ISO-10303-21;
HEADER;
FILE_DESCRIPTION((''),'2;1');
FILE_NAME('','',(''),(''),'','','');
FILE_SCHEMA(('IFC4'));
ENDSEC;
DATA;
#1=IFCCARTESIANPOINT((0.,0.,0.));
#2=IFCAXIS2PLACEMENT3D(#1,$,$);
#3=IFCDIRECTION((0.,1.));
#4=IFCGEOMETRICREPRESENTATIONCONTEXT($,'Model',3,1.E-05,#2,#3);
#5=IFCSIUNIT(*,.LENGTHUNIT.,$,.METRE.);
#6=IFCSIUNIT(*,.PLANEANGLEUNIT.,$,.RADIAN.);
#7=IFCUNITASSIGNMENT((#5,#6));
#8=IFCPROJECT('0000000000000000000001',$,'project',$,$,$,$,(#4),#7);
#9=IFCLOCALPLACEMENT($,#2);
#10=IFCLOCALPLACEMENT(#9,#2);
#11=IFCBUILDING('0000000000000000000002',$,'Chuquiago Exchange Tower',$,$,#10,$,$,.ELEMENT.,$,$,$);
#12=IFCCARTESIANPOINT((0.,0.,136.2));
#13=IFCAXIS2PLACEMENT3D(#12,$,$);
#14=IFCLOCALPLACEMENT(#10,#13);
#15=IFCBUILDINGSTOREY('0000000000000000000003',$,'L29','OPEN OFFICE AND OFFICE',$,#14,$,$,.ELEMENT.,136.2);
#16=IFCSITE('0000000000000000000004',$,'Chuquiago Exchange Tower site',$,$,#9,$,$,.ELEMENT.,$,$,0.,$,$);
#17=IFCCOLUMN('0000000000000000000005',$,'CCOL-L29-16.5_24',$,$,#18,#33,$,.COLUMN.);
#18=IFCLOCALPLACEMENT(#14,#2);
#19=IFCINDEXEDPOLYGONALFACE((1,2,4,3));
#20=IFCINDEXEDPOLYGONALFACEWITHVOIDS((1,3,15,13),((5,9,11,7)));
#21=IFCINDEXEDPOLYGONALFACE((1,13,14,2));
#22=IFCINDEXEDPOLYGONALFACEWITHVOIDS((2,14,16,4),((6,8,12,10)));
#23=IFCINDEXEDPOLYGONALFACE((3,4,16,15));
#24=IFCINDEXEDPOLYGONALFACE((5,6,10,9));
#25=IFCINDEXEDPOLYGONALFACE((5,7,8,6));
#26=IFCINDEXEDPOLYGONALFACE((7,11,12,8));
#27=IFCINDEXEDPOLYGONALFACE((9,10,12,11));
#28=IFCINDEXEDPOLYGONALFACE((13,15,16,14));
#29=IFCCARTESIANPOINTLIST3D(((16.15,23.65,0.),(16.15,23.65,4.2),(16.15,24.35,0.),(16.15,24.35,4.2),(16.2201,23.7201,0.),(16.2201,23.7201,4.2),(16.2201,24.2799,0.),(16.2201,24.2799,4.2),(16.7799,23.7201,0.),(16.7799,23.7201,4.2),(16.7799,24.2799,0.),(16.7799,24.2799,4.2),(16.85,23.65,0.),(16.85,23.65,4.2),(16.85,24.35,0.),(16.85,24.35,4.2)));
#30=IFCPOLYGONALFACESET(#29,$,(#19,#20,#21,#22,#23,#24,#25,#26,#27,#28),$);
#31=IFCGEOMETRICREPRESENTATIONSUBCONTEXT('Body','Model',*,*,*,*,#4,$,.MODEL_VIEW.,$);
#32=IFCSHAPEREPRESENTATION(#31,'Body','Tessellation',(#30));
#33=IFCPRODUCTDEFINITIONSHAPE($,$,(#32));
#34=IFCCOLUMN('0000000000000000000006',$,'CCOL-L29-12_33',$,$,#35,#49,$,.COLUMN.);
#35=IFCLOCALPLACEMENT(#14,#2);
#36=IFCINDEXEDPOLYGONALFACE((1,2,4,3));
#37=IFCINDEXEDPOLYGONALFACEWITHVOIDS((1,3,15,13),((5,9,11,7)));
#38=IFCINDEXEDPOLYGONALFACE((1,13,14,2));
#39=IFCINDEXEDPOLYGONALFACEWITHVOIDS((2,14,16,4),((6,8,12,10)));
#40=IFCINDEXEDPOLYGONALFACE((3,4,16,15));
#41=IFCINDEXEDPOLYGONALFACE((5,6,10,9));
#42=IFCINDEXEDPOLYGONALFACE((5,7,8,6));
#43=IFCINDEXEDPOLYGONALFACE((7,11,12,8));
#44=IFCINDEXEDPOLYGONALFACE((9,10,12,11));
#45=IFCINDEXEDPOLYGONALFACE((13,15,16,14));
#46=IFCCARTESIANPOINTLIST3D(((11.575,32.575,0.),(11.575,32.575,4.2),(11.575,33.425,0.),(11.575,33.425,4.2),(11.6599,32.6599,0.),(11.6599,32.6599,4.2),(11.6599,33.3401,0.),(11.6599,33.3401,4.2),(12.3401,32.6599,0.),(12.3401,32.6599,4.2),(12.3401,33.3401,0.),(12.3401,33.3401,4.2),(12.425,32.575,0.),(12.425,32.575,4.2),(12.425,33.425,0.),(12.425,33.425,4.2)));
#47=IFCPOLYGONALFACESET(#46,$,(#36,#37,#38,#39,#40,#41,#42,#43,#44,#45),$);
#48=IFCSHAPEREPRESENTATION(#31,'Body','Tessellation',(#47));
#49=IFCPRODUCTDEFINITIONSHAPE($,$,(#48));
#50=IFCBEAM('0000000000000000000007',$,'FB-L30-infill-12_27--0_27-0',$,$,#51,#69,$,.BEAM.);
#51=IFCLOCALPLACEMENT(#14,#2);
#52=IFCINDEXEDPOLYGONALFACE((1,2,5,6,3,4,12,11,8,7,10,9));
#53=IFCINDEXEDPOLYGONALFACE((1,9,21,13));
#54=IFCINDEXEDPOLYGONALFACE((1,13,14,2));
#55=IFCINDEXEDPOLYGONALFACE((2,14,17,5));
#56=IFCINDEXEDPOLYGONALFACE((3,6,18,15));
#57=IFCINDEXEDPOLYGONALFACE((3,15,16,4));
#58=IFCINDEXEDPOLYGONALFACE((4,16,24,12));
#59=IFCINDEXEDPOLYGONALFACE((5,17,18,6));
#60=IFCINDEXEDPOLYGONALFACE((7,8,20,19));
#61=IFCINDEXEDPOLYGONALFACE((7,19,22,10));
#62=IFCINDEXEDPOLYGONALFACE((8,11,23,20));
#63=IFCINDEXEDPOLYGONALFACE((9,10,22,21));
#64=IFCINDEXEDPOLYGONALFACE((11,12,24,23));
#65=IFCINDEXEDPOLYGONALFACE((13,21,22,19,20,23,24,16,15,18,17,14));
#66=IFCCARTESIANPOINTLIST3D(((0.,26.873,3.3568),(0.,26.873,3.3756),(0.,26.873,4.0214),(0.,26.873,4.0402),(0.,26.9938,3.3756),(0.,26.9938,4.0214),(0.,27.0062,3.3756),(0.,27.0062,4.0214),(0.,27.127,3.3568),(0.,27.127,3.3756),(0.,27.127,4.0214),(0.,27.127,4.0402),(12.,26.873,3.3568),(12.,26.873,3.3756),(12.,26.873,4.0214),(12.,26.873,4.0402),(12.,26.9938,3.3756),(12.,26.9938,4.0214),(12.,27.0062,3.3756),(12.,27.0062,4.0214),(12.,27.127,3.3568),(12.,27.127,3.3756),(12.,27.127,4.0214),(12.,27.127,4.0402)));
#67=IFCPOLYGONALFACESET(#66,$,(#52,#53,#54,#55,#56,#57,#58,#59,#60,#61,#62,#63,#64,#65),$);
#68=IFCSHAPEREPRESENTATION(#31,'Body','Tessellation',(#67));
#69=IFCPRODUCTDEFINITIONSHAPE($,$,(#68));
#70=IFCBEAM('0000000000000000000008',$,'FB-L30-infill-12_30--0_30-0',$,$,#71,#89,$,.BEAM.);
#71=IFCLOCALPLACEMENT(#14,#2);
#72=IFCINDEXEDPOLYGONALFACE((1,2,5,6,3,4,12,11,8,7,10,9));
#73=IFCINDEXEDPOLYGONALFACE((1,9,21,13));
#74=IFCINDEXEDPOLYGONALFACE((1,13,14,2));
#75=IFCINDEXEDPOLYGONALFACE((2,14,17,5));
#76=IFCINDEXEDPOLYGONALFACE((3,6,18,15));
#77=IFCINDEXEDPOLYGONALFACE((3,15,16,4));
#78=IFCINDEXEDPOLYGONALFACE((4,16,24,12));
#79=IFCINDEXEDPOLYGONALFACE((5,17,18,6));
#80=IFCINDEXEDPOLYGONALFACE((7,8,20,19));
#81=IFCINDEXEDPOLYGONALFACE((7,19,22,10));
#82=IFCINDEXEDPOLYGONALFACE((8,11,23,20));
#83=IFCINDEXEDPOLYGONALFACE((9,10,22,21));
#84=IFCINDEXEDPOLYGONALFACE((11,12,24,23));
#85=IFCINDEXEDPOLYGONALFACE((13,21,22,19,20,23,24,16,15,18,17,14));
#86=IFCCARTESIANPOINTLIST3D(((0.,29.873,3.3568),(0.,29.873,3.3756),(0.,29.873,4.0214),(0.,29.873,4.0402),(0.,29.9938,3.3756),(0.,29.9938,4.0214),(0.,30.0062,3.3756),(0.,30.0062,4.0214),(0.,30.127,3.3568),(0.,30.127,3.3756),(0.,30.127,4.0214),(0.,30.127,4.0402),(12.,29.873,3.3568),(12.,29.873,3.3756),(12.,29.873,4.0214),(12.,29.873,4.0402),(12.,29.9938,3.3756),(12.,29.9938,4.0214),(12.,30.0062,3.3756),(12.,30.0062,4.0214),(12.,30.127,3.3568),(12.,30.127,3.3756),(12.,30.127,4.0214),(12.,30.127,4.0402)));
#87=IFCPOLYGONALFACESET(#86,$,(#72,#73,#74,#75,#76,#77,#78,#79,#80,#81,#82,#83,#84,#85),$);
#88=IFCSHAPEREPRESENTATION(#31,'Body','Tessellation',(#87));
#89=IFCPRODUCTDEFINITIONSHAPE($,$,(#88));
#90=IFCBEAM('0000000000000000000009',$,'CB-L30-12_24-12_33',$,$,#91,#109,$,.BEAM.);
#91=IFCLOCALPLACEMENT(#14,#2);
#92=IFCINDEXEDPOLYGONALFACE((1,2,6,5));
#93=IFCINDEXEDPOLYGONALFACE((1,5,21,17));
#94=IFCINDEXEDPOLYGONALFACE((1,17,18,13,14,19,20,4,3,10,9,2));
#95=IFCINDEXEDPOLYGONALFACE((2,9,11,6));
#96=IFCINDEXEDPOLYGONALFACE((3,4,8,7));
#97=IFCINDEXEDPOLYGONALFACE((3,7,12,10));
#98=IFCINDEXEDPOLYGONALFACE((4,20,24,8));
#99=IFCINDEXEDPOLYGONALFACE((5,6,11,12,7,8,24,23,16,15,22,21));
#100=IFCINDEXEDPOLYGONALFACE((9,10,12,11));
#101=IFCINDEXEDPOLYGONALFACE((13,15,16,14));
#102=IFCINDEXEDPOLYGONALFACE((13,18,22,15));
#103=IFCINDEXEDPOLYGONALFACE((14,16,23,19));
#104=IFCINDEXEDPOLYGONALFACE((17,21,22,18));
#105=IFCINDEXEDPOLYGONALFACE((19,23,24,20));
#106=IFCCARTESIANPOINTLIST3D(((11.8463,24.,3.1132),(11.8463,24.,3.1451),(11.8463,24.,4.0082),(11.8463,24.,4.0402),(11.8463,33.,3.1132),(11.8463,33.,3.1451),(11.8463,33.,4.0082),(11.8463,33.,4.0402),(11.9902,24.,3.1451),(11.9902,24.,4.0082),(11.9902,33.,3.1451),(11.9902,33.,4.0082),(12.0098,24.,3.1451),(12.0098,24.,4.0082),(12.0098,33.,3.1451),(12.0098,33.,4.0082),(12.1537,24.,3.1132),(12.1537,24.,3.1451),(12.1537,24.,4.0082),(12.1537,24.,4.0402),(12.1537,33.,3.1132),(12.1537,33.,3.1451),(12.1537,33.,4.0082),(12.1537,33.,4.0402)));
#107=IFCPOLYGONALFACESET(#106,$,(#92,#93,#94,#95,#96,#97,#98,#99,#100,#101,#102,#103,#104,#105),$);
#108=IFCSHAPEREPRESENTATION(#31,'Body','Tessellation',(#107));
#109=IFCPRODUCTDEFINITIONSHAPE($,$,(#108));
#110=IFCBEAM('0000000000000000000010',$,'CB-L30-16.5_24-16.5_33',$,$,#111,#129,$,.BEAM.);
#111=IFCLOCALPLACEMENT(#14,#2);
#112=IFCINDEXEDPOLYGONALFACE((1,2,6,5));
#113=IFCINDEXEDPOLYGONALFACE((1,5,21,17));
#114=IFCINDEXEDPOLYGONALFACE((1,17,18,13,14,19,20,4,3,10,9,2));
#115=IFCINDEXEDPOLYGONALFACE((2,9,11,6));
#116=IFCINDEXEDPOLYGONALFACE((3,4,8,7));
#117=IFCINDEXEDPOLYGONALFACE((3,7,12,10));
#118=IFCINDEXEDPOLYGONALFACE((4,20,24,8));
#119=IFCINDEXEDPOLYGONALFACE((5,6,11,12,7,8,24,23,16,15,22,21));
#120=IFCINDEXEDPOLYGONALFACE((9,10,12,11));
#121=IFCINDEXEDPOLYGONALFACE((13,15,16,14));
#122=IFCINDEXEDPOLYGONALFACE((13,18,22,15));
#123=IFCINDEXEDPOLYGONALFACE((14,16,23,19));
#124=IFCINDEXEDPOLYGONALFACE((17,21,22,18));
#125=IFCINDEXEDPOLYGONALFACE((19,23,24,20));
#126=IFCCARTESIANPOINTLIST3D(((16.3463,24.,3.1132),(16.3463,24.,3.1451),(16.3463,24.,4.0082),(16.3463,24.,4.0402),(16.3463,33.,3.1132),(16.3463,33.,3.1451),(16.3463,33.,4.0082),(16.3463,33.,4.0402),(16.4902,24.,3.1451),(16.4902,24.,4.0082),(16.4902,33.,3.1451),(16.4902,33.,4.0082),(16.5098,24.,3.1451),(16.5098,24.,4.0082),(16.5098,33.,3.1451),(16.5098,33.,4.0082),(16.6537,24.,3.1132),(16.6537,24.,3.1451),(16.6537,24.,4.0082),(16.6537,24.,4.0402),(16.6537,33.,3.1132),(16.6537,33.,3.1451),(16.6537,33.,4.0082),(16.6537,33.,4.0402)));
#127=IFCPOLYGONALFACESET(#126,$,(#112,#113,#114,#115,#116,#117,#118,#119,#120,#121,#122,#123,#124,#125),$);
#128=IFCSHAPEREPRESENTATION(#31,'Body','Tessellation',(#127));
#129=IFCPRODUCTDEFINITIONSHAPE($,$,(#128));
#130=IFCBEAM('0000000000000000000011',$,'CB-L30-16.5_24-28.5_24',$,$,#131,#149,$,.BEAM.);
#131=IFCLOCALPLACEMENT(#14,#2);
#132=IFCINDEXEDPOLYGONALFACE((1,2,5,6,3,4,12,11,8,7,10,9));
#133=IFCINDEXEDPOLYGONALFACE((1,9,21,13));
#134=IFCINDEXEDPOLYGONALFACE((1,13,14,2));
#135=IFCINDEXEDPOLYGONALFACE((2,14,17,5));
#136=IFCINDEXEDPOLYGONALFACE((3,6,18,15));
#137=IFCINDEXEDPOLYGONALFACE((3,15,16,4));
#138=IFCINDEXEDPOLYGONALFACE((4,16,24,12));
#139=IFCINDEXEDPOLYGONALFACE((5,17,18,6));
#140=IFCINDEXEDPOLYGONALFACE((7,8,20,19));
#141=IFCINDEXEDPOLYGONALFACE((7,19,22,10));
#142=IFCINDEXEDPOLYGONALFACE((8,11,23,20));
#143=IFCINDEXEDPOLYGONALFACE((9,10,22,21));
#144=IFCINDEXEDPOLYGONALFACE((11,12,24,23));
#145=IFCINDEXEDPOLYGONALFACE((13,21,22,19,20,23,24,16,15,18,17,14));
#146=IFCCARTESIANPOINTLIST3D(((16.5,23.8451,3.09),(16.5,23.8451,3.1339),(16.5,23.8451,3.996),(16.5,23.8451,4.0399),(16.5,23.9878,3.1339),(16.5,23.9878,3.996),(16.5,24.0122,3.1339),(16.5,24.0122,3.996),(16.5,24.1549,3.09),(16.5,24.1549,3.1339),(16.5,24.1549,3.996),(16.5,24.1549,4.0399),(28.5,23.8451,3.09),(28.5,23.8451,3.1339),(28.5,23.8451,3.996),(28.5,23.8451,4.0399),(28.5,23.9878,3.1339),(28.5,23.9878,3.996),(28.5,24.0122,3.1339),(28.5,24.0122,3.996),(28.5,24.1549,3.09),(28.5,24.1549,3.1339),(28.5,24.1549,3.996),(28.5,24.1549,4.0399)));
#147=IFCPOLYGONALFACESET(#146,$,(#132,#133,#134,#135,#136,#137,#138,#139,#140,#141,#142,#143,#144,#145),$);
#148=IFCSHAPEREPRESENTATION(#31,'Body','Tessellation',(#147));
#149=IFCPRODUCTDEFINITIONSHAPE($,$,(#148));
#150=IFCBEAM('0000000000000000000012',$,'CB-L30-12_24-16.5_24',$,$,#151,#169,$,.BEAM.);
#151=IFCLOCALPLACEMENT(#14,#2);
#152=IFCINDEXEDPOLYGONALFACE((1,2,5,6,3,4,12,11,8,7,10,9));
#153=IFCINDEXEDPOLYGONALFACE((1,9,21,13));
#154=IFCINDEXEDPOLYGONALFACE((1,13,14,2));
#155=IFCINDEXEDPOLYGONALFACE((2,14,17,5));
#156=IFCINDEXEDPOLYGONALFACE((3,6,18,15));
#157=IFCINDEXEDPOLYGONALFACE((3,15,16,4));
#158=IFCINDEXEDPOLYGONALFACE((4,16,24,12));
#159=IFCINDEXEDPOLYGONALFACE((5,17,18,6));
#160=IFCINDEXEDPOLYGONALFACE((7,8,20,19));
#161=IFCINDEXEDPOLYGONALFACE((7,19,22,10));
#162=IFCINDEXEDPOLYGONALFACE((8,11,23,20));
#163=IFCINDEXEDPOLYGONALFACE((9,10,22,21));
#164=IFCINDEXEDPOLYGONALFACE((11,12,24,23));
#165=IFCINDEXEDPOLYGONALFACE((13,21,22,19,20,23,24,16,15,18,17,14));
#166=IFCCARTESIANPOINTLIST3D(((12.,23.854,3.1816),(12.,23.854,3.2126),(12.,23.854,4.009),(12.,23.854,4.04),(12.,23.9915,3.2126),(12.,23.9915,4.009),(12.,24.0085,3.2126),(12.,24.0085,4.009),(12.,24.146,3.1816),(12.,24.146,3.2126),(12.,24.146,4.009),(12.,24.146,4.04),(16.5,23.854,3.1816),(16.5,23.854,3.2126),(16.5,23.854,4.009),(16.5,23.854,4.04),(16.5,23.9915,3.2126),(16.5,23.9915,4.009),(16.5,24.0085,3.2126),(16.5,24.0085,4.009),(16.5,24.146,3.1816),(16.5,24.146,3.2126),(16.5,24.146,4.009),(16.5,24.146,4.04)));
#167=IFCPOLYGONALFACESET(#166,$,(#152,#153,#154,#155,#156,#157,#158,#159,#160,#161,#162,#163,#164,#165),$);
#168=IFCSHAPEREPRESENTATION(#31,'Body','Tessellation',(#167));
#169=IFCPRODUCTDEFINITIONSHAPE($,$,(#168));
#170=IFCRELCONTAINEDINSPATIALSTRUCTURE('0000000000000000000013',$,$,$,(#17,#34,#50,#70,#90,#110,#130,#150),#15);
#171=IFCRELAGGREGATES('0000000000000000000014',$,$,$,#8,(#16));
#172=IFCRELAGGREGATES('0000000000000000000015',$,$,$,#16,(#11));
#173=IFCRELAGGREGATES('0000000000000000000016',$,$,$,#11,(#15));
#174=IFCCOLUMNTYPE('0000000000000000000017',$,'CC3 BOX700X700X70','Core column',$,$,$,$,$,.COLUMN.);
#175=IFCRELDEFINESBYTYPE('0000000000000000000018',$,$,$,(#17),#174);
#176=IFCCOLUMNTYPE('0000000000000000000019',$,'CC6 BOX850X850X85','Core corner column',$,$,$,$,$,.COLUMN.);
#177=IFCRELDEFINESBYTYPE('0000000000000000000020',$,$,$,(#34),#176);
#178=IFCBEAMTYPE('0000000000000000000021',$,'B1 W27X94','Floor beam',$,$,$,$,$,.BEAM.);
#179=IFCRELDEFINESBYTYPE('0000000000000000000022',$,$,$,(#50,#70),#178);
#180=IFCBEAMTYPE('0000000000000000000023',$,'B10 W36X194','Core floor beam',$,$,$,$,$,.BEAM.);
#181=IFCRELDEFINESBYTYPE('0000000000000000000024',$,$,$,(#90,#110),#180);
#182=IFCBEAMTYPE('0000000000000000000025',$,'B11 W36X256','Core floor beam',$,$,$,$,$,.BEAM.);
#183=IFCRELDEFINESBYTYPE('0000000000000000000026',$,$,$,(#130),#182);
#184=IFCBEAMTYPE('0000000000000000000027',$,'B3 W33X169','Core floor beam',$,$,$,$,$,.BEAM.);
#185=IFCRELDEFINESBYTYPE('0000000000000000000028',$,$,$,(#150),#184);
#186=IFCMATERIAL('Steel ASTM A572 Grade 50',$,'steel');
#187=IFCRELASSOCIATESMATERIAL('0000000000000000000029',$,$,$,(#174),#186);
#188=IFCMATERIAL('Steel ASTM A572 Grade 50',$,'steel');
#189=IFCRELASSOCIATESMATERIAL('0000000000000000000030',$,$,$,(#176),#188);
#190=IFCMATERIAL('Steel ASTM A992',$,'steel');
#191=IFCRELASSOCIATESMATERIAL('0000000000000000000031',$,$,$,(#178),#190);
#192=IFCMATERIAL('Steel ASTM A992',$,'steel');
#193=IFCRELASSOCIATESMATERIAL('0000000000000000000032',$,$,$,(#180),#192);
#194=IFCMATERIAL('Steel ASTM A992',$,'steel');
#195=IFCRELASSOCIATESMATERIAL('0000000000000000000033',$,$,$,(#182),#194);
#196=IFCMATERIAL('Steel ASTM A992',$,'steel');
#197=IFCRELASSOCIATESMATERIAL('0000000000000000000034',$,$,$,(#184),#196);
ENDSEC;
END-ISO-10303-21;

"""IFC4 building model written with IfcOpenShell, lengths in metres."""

from ifc_helpers import new_model, si_unit, direction, frame, origin, origin_2d, place, context, subcontext, project, spatial, hollow_rectangle, i_section, extrude, material, material_profile, profile_set, type_object, element, save


model = new_model("IFC4")

# Units and contexts
model_context = context("Model", 3, precision=1e-05, world=origin(), true_north=direction((0.0, 1.0)))
body_context = subcontext(model_context, "Body", "Model", "MODEL_VIEW")
ifc_project = project(units=[si_unit("LENGTHUNIT", "METRE"), si_unit("PLANEANGLEUNIT", "RADIAN")], contexts=[model_context])

# Site, building, storey
site_placement = place(None, origin())
site = spatial("IfcSite", under=ifc_project, at=site_placement, Name="Chuquiago Exchange Tower site", CompositionType="ELEMENT", RefElevation=0.0)
building_placement = place(site_placement, origin())
building = spatial("IfcBuilding", under=site, at=building_placement, Name="Chuquiago Exchange Tower", CompositionType="ELEMENT")
storey_placement = place(building_placement, frame((0.0, 0.0, 136.2)))
storey = spatial("IfcBuildingStorey", under=building, at=storey_placement, Name="L29", Description="OPEN OFFICE AND OFFICE", CompositionType="ELEMENT", Elevation=136.2)

# Columns
ifc_material_1 = material(Name="Steel ASTM A572 Grade 50", Category="steel")
ifc_material_profile_1 = material_profile(ifc_material_1, hollow_rectangle(XDim=0.7, YDim=0.7, WallThickness=0.0701, at=origin_2d()), Name="BOX700X700X70")
ifc_profile_set_1 = profile_set([ifc_material_profile_1], Name="Steel ASTM A572 Grade 50")
column_type_1 = type_object("IfcColumnType", Name="CC3 BOX700X700X70", Description="Core column", PredefinedType="COLUMN", material=ifc_profile_set_1)
column_1_placement = place(storey_placement, frame((16.5, 24.0, 0.0), z_axis=(0.0, 0.0, 1.0), x_axis=(1.0, 0.0, 0.0)))
element("IfcColumn", 1, at=column_1_placement, inside=storey, type_object=column_type_1, Name="CCOL-L29-16.5_24", PredefinedType="COLUMN", context=body_context, shape_type="SweptSolid", body=[
    extrude(hollow_rectangle(XDim=0.7, YDim=0.7, WallThickness=0.0701, at=origin_2d()), origin(), (0.0, 0.0, 1.0), 4.2),
])
ifc_material_2 = material(Name="Steel ASTM A572 Grade 50", Category="steel")
ifc_material_profile_2 = material_profile(ifc_material_2, hollow_rectangle(XDim=0.8501, YDim=0.8501, WallThickness=0.085, at=origin_2d()), Name="BOX850X850X85")
ifc_profile_set_2 = profile_set([ifc_material_profile_2], Name="Steel ASTM A572 Grade 50")
column_type_2 = type_object("IfcColumnType", Name="CC6 BOX850X850X85", Description="Core corner column", PredefinedType="COLUMN", material=ifc_profile_set_2)
column_2_placement = place(storey_placement, frame((12.0, 33.0, 0.0), z_axis=(0.0, 0.0, 1.0), x_axis=(1.0, 0.0, 0.0)))
element("IfcColumn", 2, at=column_2_placement, inside=storey, type_object=column_type_2, Name="CCOL-L29-12_33", PredefinedType="COLUMN", context=body_context, shape_type="SweptSolid", body=[
    extrude(hollow_rectangle(XDim=0.8501, YDim=0.8501, WallThickness=0.085, at=origin_2d()), origin(), (0.0, 0.0, 1.0), 4.2),
])

# Beams
ifc_material_3 = material(Name="Steel ASTM A992", Category="steel")
ifc_material_profile_3 = material_profile(ifc_material_3, i_section(OverallWidth=0.2539, OverallDepth=0.6833, WebThickness=0.0125, FlangeThickness=0.0188, at=origin_2d()), Name="W27X94")
ifc_profile_set_3 = profile_set([ifc_material_profile_3], Name="Steel ASTM A992")
beam_type_1 = type_object("IfcBeamType", Name="B1 W27X94", Description="Floor beam", PredefinedType="BEAM", material=ifc_profile_set_3)
for number, where, z_axis, x_axis, name in (
    (3, (12.0, 27.0, 3.6985), (-1.0, 0.0, 0.0), (0.0, -1.0, 0.0), "FB-L30-infill-12_27--0_27-0"),
    (4, (12.0, 30.0, 3.6985), (-1.0, 0.0, 0.0), (0.0, -1.0, 0.0), "FB-L30-infill-12_30--0_30-0"),
):
    element("IfcBeam", number, at=place(storey_placement, frame(where, z_axis=z_axis, x_axis=x_axis)), inside=storey, type_object=beam_type_1, Name=name, PredefinedType="BEAM", context=body_context, shape_type="SweptSolid", body=[
        extrude(i_section(OverallWidth=0.2539, OverallDepth=0.6833, WebThickness=0.0125, FlangeThickness=0.0188, at=origin_2d()), origin(), (0.0, 0.0, 1.0), 12.0),
    ])
ifc_material_4 = material(Name="Steel ASTM A992", Category="steel")
ifc_material_profile_4 = material_profile(ifc_material_4, i_section(OverallWidth=0.3074, OverallDepth=0.927, WebThickness=0.0195, FlangeThickness=0.032, at=origin_2d()), Name="W36X194")
ifc_profile_set_4 = profile_set([ifc_material_profile_4], Name="Steel ASTM A992")
beam_type_2 = type_object("IfcBeamType", Name="B10 W36X194", Description="Core floor beam", PredefinedType="BEAM", material=ifc_profile_set_4)
for number, where, z_axis, x_axis, name in (
    (5, (12.0, 24.0, 3.5767), (0.0, 1.0, 0.0), (-1.0, 0.0, 0.0), "CB-L30-12_24-12_33"),
    (6, (16.5, 24.0, 3.5767), (0.0, 1.0, 0.0), (-1.0, 0.0, 0.0), "CB-L30-16.5_24-16.5_33"),
):
    element("IfcBeam", number, at=place(storey_placement, frame(where, z_axis=z_axis, x_axis=x_axis)), inside=storey, type_object=beam_type_2, Name=name, PredefinedType="BEAM", context=body_context, shape_type="SweptSolid", body=[
        extrude(i_section(OverallWidth=0.3074, OverallDepth=0.927, WebThickness=0.0195, FlangeThickness=0.032, at=origin_2d()), origin(), (0.0, 0.0, 1.0), 9.0),
    ])
ifc_material_5 = material(Name="Steel ASTM A992", Category="steel")
ifc_material_profile_5 = material_profile(ifc_material_5, i_section(OverallWidth=0.3098, OverallDepth=0.95, WebThickness=0.0244, FlangeThickness=0.0439, at=origin_2d()), Name="W36X256")
ifc_profile_set_5 = profile_set([ifc_material_profile_5], Name="Steel ASTM A992")
beam_type_3 = type_object("IfcBeamType", Name="B11 W36X256", Description="Core floor beam", PredefinedType="BEAM", material=ifc_profile_set_5)
beam_1_placement = place(storey_placement, frame((16.5, 24.0, 3.5649), z_axis=(1.0, 0.0, 0.0), x_axis=(0.0, 1.0, 0.0)))
element("IfcBeam", 7, at=beam_1_placement, inside=storey, type_object=beam_type_3, Name="CB-L30-16.5_24-28.5_24", PredefinedType="BEAM", context=body_context, shape_type="SweptSolid", body=[
    extrude(i_section(OverallWidth=0.3098, OverallDepth=0.95, WebThickness=0.0244, FlangeThickness=0.0439, at=origin_2d()), origin(), (0.0, 0.0, 1.0), 12.0),
])
ifc_material_6 = material(Name="Steel ASTM A992", Category="steel")
ifc_material_profile_6 = material_profile(ifc_material_6, i_section(OverallWidth=0.292, OverallDepth=0.8584, WebThickness=0.0171, FlangeThickness=0.031, at=origin_2d()), Name="W33X169")
ifc_profile_set_6 = profile_set([ifc_material_profile_6], Name="Steel ASTM A992")
beam_type_4 = type_object("IfcBeamType", Name="B3 W33X169", Description="Core floor beam", PredefinedType="BEAM", material=ifc_profile_set_6)
beam_2_placement = place(storey_placement, frame((12.0, 24.0, 3.6108), z_axis=(1.0, 0.0, 0.0), x_axis=(0.0, 1.0, 0.0)))
element("IfcBeam", 8, at=beam_2_placement, inside=storey, type_object=beam_type_4, Name="CB-L30-12_24-16.5_24", PredefinedType="BEAM", context=body_context, shape_type="SweptSolid", body=[
    extrude(i_section(OverallWidth=0.292, OverallDepth=0.8584, WebThickness=0.0171, FlangeThickness=0.031, at=origin_2d()), origin(), (0.0, 0.0, 1.0), 4.5),
])

save(model, "model.ifc")
